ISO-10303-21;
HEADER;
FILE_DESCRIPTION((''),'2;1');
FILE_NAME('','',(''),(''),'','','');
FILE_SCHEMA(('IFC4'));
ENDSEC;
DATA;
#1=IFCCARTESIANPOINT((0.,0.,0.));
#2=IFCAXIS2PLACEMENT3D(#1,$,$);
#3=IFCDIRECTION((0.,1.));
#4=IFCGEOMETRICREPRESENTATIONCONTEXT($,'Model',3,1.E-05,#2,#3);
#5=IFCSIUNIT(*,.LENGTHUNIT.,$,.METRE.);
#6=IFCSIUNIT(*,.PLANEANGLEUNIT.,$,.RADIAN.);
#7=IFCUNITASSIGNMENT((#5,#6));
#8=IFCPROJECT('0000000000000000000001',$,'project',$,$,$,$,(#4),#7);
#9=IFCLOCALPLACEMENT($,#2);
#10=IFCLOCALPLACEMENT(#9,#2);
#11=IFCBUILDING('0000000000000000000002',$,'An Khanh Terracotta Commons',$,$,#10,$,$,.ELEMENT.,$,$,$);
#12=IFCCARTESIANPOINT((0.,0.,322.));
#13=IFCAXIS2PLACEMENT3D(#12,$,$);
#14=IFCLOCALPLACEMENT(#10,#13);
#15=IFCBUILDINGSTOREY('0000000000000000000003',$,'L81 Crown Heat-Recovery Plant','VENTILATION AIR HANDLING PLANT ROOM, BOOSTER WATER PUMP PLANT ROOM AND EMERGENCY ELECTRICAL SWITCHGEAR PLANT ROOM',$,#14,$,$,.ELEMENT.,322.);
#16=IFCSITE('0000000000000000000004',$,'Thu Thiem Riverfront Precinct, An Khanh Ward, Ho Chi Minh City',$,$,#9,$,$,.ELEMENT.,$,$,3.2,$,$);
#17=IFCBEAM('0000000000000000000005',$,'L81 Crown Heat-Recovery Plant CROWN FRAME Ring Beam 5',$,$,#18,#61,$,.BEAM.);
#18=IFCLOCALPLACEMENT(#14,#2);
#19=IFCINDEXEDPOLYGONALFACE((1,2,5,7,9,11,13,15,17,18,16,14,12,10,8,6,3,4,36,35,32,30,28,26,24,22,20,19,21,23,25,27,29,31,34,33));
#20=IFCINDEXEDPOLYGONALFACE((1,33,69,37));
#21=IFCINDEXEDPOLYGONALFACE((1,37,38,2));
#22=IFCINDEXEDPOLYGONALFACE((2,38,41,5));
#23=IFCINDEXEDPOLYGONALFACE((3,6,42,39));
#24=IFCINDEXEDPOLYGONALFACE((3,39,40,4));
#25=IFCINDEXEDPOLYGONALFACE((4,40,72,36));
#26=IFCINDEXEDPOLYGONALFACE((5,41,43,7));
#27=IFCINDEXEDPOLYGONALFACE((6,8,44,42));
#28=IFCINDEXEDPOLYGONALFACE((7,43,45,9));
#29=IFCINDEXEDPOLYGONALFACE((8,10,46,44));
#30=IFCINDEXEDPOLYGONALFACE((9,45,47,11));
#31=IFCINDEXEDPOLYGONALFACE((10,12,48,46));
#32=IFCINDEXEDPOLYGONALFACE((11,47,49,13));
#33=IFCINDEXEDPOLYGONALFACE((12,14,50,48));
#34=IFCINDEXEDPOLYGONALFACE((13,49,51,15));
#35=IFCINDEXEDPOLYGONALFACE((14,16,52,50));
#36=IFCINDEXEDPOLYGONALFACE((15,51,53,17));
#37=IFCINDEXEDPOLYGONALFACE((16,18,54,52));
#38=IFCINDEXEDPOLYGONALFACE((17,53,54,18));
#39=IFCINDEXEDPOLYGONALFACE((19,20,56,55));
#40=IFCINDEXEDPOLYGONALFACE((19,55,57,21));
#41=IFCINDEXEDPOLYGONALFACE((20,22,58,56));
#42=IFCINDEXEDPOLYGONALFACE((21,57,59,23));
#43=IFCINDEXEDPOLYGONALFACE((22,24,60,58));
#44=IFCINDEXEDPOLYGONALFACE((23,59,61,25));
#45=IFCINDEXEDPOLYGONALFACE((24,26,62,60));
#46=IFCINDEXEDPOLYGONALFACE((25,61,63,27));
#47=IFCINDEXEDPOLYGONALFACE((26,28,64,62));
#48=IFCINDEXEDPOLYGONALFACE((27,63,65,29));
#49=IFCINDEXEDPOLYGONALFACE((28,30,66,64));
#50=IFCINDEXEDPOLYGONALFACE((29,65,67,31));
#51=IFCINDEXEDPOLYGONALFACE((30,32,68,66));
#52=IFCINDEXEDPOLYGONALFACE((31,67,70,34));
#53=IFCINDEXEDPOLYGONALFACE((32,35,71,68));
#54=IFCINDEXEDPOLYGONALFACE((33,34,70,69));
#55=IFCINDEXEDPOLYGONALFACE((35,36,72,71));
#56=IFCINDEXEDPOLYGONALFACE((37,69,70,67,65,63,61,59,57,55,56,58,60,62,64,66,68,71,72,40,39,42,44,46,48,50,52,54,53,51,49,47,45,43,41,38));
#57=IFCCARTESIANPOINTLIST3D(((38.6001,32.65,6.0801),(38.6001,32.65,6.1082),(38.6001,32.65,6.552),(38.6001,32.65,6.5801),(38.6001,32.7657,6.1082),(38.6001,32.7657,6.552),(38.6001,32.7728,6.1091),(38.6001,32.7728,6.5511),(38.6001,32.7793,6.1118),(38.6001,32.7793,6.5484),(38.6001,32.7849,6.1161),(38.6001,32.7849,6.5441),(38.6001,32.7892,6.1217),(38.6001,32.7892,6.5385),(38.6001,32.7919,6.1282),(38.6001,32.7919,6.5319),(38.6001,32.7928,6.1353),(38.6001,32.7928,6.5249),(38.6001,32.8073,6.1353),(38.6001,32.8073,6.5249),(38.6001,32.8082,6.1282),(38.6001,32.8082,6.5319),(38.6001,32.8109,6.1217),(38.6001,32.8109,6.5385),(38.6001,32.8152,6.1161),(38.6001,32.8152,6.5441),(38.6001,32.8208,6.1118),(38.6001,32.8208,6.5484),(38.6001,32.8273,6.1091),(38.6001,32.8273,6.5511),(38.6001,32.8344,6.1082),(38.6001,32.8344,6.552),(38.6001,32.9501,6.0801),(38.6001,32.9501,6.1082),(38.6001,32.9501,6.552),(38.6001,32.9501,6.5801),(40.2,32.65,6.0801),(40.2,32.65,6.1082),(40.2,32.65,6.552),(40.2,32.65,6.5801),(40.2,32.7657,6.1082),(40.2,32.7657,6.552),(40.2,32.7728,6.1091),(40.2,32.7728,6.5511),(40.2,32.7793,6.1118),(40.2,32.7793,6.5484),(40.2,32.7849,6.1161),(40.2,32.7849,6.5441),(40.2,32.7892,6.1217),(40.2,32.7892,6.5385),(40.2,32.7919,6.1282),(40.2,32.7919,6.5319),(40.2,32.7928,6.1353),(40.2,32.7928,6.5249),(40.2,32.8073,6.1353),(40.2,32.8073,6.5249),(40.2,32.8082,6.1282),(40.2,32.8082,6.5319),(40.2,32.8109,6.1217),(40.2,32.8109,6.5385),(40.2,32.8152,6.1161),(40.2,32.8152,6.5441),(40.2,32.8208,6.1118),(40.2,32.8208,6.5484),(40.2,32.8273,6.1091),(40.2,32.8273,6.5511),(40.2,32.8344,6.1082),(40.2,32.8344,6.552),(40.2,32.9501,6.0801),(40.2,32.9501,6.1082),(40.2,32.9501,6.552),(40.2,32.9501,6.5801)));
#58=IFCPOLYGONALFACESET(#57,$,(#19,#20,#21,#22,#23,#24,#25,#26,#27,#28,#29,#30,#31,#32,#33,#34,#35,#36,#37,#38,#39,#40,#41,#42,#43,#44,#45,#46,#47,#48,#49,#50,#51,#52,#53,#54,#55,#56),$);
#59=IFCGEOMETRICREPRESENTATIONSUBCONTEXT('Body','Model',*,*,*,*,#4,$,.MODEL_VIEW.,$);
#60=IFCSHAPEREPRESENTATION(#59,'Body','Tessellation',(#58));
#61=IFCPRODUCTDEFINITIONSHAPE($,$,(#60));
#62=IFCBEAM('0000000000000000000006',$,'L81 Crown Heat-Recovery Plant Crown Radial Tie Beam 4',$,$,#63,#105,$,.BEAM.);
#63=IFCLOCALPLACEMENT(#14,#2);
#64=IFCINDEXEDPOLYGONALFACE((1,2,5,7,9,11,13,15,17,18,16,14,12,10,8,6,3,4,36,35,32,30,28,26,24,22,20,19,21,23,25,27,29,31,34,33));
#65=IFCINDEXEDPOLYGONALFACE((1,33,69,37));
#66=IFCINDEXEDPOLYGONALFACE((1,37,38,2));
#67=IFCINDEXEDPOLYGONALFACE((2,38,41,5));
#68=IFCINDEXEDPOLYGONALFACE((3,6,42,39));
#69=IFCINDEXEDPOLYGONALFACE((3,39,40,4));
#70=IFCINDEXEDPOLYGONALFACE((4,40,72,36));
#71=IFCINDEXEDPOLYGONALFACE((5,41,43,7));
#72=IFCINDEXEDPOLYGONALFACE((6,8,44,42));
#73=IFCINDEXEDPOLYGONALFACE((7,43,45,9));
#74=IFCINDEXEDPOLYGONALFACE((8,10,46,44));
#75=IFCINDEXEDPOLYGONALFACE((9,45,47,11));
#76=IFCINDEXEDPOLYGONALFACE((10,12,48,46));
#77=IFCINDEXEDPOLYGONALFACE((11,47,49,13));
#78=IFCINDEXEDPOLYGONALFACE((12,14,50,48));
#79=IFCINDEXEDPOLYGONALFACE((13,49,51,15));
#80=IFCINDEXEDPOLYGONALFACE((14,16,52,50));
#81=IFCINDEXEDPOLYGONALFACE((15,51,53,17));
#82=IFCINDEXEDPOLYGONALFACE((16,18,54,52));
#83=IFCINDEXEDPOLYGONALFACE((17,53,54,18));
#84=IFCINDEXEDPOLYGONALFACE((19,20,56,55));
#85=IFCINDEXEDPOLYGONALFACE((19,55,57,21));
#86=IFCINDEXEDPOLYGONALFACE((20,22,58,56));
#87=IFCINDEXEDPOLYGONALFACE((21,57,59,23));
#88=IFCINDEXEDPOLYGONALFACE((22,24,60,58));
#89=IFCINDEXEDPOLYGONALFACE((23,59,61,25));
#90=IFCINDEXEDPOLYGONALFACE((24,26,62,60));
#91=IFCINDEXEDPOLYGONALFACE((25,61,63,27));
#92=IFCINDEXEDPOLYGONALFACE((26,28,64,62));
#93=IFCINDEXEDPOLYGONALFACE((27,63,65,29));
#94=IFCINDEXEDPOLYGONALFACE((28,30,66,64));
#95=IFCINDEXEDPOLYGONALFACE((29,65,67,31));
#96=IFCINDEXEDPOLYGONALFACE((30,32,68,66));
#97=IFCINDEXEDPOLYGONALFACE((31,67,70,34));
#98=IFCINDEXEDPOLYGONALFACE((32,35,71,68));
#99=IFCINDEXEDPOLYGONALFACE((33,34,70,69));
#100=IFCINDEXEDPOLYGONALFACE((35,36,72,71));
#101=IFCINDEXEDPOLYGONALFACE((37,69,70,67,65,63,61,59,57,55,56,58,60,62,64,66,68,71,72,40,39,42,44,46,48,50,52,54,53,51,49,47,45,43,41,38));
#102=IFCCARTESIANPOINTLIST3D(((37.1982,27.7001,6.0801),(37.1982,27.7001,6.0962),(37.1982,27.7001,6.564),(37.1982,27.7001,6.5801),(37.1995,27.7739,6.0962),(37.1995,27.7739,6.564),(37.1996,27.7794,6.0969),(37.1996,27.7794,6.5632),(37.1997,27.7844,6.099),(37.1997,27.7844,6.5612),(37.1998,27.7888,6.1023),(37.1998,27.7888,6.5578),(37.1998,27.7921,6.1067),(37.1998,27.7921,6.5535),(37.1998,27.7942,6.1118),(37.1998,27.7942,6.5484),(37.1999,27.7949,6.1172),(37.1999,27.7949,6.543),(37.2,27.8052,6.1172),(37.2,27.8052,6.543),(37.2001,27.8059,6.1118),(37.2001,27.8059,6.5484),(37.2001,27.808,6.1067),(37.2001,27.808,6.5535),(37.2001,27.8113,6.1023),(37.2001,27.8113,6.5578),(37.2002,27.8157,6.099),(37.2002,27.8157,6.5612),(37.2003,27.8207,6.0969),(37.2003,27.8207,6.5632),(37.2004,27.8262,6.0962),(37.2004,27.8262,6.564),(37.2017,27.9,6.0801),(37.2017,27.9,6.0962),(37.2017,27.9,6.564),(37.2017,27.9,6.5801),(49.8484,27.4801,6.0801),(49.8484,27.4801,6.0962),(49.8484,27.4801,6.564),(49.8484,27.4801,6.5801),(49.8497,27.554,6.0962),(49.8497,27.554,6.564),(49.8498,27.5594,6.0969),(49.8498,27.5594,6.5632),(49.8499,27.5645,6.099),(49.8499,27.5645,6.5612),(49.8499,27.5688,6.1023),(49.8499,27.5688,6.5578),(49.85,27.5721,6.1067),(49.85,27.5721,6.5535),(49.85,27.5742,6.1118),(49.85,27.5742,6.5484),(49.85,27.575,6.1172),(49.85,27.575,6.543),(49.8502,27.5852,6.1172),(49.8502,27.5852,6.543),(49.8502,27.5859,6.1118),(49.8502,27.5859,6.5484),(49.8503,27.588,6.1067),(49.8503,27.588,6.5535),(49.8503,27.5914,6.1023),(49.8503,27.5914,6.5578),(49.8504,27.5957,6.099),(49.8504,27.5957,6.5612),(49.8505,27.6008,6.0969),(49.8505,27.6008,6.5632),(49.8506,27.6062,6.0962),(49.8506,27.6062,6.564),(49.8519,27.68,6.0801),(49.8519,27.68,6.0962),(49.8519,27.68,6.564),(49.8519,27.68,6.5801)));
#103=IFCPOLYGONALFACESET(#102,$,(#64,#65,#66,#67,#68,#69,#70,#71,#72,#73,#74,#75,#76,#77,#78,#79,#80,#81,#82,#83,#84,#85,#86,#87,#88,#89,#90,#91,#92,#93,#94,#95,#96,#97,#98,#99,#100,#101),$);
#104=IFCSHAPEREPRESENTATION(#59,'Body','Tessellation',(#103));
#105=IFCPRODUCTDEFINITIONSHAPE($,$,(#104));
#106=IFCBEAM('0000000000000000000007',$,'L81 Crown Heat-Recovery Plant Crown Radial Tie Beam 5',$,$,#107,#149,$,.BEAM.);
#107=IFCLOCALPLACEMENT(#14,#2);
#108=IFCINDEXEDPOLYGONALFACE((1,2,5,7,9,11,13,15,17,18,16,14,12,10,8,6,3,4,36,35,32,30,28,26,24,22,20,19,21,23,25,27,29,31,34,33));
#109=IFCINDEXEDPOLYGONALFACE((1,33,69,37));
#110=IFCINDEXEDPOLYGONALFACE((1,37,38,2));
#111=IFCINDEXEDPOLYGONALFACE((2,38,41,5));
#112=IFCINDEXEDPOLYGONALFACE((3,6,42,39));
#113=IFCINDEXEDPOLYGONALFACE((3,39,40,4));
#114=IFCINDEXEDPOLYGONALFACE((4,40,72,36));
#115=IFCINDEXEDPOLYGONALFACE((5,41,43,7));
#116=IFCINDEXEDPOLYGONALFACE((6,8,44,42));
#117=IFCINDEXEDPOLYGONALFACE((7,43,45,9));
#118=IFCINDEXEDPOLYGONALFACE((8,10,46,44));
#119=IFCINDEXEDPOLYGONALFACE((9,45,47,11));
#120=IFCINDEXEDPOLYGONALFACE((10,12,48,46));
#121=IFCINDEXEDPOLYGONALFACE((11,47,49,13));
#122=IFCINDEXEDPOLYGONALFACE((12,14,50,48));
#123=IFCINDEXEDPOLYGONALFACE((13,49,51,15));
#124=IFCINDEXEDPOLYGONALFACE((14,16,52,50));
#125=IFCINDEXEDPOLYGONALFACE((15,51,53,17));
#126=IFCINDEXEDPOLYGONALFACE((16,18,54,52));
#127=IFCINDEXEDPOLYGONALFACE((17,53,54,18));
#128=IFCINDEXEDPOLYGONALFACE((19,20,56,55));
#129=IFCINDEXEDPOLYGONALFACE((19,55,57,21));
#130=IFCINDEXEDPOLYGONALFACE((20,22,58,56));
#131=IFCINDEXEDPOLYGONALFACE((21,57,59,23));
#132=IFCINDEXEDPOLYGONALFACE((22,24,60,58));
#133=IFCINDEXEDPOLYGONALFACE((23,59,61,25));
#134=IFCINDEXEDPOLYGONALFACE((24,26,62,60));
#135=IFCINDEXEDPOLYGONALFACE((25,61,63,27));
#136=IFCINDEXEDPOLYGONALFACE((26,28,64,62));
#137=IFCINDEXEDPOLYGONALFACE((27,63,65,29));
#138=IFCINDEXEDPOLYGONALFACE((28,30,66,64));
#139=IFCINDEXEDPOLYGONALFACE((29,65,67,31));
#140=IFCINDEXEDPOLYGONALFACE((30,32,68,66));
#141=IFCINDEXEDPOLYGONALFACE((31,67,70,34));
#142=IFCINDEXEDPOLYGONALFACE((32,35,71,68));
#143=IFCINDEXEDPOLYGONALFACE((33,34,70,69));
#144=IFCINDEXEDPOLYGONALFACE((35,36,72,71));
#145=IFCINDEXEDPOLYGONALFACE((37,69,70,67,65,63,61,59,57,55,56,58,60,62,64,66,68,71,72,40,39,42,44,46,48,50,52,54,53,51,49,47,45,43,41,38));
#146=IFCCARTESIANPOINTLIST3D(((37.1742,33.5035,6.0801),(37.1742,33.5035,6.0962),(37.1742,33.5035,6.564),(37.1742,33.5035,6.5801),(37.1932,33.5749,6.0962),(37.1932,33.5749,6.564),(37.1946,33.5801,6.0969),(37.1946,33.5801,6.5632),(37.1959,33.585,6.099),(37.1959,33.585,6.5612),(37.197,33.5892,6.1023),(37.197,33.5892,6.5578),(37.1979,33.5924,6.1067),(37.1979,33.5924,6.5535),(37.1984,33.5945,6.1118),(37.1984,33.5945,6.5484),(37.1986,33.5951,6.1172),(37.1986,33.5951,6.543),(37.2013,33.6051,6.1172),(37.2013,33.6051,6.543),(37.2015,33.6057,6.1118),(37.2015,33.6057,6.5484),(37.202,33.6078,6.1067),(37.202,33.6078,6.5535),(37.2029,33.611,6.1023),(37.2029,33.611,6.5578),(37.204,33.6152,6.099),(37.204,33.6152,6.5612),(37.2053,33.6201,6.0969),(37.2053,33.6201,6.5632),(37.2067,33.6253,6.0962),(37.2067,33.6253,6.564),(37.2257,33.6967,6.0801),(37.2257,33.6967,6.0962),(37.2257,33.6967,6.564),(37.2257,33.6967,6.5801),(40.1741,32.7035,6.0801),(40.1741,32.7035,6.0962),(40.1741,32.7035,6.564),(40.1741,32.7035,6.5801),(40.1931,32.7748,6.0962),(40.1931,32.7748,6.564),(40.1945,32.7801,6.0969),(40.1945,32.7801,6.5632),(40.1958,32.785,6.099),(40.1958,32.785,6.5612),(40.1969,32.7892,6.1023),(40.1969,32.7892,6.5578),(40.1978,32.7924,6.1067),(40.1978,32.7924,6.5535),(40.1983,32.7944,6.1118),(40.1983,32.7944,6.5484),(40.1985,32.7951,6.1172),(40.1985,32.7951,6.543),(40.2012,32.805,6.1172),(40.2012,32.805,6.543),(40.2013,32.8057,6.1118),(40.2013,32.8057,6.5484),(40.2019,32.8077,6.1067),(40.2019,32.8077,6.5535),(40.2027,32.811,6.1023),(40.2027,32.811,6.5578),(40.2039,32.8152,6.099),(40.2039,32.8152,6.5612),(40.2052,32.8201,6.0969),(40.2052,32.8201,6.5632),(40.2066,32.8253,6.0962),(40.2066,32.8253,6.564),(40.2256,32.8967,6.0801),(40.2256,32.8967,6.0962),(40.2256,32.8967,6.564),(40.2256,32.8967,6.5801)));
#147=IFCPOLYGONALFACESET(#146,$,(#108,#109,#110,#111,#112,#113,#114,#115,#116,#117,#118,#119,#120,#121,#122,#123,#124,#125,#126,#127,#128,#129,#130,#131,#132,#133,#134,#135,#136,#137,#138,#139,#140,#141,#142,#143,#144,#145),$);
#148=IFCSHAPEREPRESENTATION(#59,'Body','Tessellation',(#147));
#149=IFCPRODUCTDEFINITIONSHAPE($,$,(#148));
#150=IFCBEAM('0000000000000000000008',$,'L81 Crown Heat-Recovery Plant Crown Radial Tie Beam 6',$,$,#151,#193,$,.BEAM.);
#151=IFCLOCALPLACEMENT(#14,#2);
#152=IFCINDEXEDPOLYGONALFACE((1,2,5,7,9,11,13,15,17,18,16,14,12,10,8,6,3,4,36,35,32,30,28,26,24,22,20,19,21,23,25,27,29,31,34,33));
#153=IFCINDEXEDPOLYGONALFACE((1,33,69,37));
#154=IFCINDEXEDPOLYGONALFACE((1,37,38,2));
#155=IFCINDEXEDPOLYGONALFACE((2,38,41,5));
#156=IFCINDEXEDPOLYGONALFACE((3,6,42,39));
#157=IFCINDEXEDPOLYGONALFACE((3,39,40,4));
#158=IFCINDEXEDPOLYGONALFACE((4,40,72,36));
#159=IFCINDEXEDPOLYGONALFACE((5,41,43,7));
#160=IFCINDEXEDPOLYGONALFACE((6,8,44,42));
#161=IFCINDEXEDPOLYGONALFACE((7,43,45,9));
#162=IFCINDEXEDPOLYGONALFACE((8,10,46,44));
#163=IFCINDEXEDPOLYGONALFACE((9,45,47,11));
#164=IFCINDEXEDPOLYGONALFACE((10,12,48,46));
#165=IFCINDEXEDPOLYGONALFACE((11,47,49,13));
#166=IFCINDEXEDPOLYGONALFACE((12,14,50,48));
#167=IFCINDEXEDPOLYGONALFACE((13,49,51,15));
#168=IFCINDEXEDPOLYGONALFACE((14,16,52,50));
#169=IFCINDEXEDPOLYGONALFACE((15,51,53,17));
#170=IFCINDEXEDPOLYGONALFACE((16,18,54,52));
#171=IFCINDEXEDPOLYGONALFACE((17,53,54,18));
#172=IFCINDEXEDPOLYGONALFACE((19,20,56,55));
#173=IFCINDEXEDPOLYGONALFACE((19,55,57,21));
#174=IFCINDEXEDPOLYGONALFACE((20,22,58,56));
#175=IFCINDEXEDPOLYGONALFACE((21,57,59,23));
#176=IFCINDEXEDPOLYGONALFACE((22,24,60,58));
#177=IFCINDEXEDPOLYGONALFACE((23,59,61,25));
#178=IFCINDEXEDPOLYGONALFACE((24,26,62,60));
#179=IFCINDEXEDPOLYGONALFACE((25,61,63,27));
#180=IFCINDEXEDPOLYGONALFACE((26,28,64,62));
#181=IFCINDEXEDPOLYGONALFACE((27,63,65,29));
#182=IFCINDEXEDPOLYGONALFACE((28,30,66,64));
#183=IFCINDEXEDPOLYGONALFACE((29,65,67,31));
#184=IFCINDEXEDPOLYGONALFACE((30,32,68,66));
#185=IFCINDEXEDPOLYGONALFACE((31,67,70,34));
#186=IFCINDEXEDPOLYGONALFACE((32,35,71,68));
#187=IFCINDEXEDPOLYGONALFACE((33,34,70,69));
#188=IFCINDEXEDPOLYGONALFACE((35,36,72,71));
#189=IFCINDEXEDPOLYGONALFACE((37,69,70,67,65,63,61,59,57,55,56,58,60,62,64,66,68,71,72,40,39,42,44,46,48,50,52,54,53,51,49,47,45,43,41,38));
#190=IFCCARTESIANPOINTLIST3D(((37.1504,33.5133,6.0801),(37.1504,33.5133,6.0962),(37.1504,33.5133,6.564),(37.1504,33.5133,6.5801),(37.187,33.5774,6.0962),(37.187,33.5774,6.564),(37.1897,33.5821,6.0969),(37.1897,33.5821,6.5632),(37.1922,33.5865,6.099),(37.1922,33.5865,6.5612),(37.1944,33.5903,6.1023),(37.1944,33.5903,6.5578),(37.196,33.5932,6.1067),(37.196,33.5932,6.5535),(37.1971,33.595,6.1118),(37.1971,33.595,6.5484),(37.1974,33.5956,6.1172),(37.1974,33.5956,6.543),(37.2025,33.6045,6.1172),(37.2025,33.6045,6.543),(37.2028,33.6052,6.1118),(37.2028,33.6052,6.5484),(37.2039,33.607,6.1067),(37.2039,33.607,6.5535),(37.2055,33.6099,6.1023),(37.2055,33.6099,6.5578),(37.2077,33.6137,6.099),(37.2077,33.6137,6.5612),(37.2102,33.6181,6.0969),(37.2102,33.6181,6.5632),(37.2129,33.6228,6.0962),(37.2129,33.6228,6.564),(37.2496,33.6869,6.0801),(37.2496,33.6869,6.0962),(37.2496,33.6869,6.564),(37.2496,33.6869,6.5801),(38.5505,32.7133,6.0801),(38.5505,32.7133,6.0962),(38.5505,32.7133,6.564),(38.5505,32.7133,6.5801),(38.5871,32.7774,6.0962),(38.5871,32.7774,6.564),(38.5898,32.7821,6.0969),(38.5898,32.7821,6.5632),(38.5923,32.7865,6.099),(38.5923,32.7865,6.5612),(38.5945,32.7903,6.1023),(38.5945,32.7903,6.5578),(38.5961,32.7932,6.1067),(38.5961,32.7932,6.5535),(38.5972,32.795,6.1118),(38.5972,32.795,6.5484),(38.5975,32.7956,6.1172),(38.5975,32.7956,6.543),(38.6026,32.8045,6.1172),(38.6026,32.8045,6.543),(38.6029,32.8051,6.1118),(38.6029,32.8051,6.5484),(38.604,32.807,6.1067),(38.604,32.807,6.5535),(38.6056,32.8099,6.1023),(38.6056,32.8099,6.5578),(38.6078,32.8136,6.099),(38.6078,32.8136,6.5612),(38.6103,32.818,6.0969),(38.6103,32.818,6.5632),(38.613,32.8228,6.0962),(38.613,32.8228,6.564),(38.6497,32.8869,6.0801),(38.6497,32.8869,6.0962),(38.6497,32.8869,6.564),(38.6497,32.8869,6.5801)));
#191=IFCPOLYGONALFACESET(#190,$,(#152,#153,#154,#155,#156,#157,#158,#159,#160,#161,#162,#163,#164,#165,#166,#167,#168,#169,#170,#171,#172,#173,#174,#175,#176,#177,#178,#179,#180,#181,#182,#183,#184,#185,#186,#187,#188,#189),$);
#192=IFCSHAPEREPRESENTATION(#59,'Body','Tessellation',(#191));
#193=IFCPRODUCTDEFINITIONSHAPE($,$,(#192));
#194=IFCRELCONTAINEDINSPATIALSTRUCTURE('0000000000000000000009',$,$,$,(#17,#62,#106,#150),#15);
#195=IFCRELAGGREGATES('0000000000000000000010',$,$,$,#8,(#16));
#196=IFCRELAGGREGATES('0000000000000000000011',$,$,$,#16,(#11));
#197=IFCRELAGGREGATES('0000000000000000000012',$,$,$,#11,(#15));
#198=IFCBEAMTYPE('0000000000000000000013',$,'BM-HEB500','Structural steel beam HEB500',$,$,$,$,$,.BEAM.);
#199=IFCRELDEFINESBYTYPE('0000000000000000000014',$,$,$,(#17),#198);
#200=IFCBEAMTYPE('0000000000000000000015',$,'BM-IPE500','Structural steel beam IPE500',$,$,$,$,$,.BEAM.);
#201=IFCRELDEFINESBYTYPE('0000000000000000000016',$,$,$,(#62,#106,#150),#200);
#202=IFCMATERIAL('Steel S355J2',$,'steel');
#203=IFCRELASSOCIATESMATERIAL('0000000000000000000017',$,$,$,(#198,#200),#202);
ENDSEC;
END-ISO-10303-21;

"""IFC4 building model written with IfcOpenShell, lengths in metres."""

from ifc_helpers import new_model, si_unit, direction, frame, origin, origin_2d, place, context, subcontext, project, spatial, i_section, extrude, material, material_profile, profile_set, type_object, element, save


model = new_model("IFC4")

# Units and contexts
model_context = context("Model", 3, precision=1e-05, world=origin(), true_north=direction((0.0, 1.0)))
body_context = subcontext(model_context, "Body", "Model", "MODEL_VIEW")
ifc_project = project(units=[si_unit("LENGTHUNIT", "METRE"), si_unit("PLANEANGLEUNIT", "RADIAN")], contexts=[model_context])

# Site, building, storey
site_placement = place(None, origin())
site = spatial("IfcSite", under=ifc_project, at=site_placement, Name="Thu Thiem Riverfront Precinct, An Khanh Ward, Ho Chi Minh City", CompositionType="ELEMENT", RefElevation=3.2)
building_placement = place(site_placement, origin())
building = spatial("IfcBuilding", under=site, at=building_placement, Name="An Khanh Terracotta Commons", CompositionType="ELEMENT")
storey_placement = place(building_placement, frame((0.0, 0.0, 322.0)))
storey = spatial("IfcBuildingStorey", under=building, at=storey_placement, Name="L81 Crown Heat-Recovery Plant", Description="VENTILATION AIR HANDLING PLANT ROOM, BOOSTER WATER PUMP PLANT ROOM AND EMERGENCY ELECTRICAL SWITCHGEAR PLANT ROOM", CompositionType="ELEMENT", Elevation=322.0)

# Beams
ifc_material_1 = material(Name="Steel S355J2", Category="steel")
ifc_material_profile_1 = material_profile(ifc_material_1, i_section(OverallWidth=0.3, OverallDepth=0.5, WebThickness=0.0144, FlangeThickness=0.0281, FilletRadius=0.0271, at=origin_2d()), Name="HEB500")
ifc_profile_set_1 = profile_set([ifc_material_profile_1], Name="Steel S355J2")
beam_type_1 = type_object("IfcBeamType", Name="BM-HEB500", Description="Structural steel beam HEB500", PredefinedType="BEAM", material=ifc_profile_set_1)
beam_1_placement = place(storey_placement, frame((40.2, 32.8, 6.3301), z_axis=(-1.0, 0.0, 0.0), x_axis=(0.0, -1.0, 0.0)))
element("IfcBeam", 1, at=beam_1_placement, inside=storey, type_object=beam_type_1, Name="L81 Crown Heat-Recovery Plant CROWN FRAME Ring Beam 5", PredefinedType="BEAM", context=body_context, shape_type="SweptSolid", body=[
    extrude(i_section(OverallWidth=0.3, OverallDepth=0.5, WebThickness=0.0144, FlangeThickness=0.0281, FilletRadius=0.0271, at=origin_2d()), origin(), (0.0, 0.0, 1.0), 1.5999),
])
ifc_material_profile_2 = material_profile(ifc_material_1, i_section(OverallWidth=0.2, OverallDepth=0.5, WebThickness=0.0103, FlangeThickness=0.0161, FilletRadius=0.021, at=origin_2d()), Name="IPE500")
ifc_profile_set_2 = profile_set([ifc_material_profile_2], Name="Steel S355J2")
beam_type_2 = type_object("IfcBeamType", Name="BM-IPE500", Description="Structural steel beam IPE500", PredefinedType="BEAM", material=ifc_profile_set_2)
beam_2_placement = place(storey_placement, frame((37.2, 27.8, 6.3301), z_axis=(0.999849, -0.017386, 0.0), x_axis=(0.017386, 0.999849, 0.0)))
element("IfcBeam", 2, at=beam_2_placement, inside=storey, type_object=beam_type_2, Name="L81 Crown Heat-Recovery Plant Crown Radial Tie Beam 4", PredefinedType="BEAM", context=body_context, shape_type="SweptSolid", body=[
    extrude(i_section(OverallWidth=0.2, OverallDepth=0.5, WebThickness=0.0103, FlangeThickness=0.0161, FilletRadius=0.021, at=origin_2d()), origin(), (0.0, 0.0, 1.0), 12.6521),
])
beam_3_placement = place(storey_placement, frame((37.2, 33.6001, 6.3301), z_axis=(0.966231, -0.257677, 0.0), x_axis=(0.257677, 0.966231, 0.0)))
element("IfcBeam", 3, at=beam_3_placement, inside=storey, type_object=beam_type_2, Name="L81 Crown Heat-Recovery Plant Crown Radial Tie Beam 5", PredefinedType="BEAM", context=body_context, shape_type="SweptSolid", body=[
    extrude(i_section(OverallWidth=0.2, OverallDepth=0.5, WebThickness=0.0103, FlangeThickness=0.0161, FilletRadius=0.021, at=origin_2d()), origin(), (0.0, 0.0, 1.0), 3.1047),
])
beam_4_placement = place(storey_placement, frame((37.2, 33.6001, 6.3301), z_axis=(0.868252, -0.496123, 0.0), x_axis=(0.496123, 0.868252, 0.0)))
element("IfcBeam", 4, at=beam_4_placement, inside=storey, type_object=beam_type_2, Name="L81 Crown Heat-Recovery Plant Crown Radial Tie Beam 6", PredefinedType="BEAM", context=body_context, shape_type="SweptSolid", body=[
    extrude(i_section(OverallWidth=0.2, OverallDepth=0.5, WebThickness=0.0103, FlangeThickness=0.0161, FilletRadius=0.021, at=origin_2d()), origin(), (0.0, 0.0, 1.0), 1.6125),
])

save(model, "model.ifc")
